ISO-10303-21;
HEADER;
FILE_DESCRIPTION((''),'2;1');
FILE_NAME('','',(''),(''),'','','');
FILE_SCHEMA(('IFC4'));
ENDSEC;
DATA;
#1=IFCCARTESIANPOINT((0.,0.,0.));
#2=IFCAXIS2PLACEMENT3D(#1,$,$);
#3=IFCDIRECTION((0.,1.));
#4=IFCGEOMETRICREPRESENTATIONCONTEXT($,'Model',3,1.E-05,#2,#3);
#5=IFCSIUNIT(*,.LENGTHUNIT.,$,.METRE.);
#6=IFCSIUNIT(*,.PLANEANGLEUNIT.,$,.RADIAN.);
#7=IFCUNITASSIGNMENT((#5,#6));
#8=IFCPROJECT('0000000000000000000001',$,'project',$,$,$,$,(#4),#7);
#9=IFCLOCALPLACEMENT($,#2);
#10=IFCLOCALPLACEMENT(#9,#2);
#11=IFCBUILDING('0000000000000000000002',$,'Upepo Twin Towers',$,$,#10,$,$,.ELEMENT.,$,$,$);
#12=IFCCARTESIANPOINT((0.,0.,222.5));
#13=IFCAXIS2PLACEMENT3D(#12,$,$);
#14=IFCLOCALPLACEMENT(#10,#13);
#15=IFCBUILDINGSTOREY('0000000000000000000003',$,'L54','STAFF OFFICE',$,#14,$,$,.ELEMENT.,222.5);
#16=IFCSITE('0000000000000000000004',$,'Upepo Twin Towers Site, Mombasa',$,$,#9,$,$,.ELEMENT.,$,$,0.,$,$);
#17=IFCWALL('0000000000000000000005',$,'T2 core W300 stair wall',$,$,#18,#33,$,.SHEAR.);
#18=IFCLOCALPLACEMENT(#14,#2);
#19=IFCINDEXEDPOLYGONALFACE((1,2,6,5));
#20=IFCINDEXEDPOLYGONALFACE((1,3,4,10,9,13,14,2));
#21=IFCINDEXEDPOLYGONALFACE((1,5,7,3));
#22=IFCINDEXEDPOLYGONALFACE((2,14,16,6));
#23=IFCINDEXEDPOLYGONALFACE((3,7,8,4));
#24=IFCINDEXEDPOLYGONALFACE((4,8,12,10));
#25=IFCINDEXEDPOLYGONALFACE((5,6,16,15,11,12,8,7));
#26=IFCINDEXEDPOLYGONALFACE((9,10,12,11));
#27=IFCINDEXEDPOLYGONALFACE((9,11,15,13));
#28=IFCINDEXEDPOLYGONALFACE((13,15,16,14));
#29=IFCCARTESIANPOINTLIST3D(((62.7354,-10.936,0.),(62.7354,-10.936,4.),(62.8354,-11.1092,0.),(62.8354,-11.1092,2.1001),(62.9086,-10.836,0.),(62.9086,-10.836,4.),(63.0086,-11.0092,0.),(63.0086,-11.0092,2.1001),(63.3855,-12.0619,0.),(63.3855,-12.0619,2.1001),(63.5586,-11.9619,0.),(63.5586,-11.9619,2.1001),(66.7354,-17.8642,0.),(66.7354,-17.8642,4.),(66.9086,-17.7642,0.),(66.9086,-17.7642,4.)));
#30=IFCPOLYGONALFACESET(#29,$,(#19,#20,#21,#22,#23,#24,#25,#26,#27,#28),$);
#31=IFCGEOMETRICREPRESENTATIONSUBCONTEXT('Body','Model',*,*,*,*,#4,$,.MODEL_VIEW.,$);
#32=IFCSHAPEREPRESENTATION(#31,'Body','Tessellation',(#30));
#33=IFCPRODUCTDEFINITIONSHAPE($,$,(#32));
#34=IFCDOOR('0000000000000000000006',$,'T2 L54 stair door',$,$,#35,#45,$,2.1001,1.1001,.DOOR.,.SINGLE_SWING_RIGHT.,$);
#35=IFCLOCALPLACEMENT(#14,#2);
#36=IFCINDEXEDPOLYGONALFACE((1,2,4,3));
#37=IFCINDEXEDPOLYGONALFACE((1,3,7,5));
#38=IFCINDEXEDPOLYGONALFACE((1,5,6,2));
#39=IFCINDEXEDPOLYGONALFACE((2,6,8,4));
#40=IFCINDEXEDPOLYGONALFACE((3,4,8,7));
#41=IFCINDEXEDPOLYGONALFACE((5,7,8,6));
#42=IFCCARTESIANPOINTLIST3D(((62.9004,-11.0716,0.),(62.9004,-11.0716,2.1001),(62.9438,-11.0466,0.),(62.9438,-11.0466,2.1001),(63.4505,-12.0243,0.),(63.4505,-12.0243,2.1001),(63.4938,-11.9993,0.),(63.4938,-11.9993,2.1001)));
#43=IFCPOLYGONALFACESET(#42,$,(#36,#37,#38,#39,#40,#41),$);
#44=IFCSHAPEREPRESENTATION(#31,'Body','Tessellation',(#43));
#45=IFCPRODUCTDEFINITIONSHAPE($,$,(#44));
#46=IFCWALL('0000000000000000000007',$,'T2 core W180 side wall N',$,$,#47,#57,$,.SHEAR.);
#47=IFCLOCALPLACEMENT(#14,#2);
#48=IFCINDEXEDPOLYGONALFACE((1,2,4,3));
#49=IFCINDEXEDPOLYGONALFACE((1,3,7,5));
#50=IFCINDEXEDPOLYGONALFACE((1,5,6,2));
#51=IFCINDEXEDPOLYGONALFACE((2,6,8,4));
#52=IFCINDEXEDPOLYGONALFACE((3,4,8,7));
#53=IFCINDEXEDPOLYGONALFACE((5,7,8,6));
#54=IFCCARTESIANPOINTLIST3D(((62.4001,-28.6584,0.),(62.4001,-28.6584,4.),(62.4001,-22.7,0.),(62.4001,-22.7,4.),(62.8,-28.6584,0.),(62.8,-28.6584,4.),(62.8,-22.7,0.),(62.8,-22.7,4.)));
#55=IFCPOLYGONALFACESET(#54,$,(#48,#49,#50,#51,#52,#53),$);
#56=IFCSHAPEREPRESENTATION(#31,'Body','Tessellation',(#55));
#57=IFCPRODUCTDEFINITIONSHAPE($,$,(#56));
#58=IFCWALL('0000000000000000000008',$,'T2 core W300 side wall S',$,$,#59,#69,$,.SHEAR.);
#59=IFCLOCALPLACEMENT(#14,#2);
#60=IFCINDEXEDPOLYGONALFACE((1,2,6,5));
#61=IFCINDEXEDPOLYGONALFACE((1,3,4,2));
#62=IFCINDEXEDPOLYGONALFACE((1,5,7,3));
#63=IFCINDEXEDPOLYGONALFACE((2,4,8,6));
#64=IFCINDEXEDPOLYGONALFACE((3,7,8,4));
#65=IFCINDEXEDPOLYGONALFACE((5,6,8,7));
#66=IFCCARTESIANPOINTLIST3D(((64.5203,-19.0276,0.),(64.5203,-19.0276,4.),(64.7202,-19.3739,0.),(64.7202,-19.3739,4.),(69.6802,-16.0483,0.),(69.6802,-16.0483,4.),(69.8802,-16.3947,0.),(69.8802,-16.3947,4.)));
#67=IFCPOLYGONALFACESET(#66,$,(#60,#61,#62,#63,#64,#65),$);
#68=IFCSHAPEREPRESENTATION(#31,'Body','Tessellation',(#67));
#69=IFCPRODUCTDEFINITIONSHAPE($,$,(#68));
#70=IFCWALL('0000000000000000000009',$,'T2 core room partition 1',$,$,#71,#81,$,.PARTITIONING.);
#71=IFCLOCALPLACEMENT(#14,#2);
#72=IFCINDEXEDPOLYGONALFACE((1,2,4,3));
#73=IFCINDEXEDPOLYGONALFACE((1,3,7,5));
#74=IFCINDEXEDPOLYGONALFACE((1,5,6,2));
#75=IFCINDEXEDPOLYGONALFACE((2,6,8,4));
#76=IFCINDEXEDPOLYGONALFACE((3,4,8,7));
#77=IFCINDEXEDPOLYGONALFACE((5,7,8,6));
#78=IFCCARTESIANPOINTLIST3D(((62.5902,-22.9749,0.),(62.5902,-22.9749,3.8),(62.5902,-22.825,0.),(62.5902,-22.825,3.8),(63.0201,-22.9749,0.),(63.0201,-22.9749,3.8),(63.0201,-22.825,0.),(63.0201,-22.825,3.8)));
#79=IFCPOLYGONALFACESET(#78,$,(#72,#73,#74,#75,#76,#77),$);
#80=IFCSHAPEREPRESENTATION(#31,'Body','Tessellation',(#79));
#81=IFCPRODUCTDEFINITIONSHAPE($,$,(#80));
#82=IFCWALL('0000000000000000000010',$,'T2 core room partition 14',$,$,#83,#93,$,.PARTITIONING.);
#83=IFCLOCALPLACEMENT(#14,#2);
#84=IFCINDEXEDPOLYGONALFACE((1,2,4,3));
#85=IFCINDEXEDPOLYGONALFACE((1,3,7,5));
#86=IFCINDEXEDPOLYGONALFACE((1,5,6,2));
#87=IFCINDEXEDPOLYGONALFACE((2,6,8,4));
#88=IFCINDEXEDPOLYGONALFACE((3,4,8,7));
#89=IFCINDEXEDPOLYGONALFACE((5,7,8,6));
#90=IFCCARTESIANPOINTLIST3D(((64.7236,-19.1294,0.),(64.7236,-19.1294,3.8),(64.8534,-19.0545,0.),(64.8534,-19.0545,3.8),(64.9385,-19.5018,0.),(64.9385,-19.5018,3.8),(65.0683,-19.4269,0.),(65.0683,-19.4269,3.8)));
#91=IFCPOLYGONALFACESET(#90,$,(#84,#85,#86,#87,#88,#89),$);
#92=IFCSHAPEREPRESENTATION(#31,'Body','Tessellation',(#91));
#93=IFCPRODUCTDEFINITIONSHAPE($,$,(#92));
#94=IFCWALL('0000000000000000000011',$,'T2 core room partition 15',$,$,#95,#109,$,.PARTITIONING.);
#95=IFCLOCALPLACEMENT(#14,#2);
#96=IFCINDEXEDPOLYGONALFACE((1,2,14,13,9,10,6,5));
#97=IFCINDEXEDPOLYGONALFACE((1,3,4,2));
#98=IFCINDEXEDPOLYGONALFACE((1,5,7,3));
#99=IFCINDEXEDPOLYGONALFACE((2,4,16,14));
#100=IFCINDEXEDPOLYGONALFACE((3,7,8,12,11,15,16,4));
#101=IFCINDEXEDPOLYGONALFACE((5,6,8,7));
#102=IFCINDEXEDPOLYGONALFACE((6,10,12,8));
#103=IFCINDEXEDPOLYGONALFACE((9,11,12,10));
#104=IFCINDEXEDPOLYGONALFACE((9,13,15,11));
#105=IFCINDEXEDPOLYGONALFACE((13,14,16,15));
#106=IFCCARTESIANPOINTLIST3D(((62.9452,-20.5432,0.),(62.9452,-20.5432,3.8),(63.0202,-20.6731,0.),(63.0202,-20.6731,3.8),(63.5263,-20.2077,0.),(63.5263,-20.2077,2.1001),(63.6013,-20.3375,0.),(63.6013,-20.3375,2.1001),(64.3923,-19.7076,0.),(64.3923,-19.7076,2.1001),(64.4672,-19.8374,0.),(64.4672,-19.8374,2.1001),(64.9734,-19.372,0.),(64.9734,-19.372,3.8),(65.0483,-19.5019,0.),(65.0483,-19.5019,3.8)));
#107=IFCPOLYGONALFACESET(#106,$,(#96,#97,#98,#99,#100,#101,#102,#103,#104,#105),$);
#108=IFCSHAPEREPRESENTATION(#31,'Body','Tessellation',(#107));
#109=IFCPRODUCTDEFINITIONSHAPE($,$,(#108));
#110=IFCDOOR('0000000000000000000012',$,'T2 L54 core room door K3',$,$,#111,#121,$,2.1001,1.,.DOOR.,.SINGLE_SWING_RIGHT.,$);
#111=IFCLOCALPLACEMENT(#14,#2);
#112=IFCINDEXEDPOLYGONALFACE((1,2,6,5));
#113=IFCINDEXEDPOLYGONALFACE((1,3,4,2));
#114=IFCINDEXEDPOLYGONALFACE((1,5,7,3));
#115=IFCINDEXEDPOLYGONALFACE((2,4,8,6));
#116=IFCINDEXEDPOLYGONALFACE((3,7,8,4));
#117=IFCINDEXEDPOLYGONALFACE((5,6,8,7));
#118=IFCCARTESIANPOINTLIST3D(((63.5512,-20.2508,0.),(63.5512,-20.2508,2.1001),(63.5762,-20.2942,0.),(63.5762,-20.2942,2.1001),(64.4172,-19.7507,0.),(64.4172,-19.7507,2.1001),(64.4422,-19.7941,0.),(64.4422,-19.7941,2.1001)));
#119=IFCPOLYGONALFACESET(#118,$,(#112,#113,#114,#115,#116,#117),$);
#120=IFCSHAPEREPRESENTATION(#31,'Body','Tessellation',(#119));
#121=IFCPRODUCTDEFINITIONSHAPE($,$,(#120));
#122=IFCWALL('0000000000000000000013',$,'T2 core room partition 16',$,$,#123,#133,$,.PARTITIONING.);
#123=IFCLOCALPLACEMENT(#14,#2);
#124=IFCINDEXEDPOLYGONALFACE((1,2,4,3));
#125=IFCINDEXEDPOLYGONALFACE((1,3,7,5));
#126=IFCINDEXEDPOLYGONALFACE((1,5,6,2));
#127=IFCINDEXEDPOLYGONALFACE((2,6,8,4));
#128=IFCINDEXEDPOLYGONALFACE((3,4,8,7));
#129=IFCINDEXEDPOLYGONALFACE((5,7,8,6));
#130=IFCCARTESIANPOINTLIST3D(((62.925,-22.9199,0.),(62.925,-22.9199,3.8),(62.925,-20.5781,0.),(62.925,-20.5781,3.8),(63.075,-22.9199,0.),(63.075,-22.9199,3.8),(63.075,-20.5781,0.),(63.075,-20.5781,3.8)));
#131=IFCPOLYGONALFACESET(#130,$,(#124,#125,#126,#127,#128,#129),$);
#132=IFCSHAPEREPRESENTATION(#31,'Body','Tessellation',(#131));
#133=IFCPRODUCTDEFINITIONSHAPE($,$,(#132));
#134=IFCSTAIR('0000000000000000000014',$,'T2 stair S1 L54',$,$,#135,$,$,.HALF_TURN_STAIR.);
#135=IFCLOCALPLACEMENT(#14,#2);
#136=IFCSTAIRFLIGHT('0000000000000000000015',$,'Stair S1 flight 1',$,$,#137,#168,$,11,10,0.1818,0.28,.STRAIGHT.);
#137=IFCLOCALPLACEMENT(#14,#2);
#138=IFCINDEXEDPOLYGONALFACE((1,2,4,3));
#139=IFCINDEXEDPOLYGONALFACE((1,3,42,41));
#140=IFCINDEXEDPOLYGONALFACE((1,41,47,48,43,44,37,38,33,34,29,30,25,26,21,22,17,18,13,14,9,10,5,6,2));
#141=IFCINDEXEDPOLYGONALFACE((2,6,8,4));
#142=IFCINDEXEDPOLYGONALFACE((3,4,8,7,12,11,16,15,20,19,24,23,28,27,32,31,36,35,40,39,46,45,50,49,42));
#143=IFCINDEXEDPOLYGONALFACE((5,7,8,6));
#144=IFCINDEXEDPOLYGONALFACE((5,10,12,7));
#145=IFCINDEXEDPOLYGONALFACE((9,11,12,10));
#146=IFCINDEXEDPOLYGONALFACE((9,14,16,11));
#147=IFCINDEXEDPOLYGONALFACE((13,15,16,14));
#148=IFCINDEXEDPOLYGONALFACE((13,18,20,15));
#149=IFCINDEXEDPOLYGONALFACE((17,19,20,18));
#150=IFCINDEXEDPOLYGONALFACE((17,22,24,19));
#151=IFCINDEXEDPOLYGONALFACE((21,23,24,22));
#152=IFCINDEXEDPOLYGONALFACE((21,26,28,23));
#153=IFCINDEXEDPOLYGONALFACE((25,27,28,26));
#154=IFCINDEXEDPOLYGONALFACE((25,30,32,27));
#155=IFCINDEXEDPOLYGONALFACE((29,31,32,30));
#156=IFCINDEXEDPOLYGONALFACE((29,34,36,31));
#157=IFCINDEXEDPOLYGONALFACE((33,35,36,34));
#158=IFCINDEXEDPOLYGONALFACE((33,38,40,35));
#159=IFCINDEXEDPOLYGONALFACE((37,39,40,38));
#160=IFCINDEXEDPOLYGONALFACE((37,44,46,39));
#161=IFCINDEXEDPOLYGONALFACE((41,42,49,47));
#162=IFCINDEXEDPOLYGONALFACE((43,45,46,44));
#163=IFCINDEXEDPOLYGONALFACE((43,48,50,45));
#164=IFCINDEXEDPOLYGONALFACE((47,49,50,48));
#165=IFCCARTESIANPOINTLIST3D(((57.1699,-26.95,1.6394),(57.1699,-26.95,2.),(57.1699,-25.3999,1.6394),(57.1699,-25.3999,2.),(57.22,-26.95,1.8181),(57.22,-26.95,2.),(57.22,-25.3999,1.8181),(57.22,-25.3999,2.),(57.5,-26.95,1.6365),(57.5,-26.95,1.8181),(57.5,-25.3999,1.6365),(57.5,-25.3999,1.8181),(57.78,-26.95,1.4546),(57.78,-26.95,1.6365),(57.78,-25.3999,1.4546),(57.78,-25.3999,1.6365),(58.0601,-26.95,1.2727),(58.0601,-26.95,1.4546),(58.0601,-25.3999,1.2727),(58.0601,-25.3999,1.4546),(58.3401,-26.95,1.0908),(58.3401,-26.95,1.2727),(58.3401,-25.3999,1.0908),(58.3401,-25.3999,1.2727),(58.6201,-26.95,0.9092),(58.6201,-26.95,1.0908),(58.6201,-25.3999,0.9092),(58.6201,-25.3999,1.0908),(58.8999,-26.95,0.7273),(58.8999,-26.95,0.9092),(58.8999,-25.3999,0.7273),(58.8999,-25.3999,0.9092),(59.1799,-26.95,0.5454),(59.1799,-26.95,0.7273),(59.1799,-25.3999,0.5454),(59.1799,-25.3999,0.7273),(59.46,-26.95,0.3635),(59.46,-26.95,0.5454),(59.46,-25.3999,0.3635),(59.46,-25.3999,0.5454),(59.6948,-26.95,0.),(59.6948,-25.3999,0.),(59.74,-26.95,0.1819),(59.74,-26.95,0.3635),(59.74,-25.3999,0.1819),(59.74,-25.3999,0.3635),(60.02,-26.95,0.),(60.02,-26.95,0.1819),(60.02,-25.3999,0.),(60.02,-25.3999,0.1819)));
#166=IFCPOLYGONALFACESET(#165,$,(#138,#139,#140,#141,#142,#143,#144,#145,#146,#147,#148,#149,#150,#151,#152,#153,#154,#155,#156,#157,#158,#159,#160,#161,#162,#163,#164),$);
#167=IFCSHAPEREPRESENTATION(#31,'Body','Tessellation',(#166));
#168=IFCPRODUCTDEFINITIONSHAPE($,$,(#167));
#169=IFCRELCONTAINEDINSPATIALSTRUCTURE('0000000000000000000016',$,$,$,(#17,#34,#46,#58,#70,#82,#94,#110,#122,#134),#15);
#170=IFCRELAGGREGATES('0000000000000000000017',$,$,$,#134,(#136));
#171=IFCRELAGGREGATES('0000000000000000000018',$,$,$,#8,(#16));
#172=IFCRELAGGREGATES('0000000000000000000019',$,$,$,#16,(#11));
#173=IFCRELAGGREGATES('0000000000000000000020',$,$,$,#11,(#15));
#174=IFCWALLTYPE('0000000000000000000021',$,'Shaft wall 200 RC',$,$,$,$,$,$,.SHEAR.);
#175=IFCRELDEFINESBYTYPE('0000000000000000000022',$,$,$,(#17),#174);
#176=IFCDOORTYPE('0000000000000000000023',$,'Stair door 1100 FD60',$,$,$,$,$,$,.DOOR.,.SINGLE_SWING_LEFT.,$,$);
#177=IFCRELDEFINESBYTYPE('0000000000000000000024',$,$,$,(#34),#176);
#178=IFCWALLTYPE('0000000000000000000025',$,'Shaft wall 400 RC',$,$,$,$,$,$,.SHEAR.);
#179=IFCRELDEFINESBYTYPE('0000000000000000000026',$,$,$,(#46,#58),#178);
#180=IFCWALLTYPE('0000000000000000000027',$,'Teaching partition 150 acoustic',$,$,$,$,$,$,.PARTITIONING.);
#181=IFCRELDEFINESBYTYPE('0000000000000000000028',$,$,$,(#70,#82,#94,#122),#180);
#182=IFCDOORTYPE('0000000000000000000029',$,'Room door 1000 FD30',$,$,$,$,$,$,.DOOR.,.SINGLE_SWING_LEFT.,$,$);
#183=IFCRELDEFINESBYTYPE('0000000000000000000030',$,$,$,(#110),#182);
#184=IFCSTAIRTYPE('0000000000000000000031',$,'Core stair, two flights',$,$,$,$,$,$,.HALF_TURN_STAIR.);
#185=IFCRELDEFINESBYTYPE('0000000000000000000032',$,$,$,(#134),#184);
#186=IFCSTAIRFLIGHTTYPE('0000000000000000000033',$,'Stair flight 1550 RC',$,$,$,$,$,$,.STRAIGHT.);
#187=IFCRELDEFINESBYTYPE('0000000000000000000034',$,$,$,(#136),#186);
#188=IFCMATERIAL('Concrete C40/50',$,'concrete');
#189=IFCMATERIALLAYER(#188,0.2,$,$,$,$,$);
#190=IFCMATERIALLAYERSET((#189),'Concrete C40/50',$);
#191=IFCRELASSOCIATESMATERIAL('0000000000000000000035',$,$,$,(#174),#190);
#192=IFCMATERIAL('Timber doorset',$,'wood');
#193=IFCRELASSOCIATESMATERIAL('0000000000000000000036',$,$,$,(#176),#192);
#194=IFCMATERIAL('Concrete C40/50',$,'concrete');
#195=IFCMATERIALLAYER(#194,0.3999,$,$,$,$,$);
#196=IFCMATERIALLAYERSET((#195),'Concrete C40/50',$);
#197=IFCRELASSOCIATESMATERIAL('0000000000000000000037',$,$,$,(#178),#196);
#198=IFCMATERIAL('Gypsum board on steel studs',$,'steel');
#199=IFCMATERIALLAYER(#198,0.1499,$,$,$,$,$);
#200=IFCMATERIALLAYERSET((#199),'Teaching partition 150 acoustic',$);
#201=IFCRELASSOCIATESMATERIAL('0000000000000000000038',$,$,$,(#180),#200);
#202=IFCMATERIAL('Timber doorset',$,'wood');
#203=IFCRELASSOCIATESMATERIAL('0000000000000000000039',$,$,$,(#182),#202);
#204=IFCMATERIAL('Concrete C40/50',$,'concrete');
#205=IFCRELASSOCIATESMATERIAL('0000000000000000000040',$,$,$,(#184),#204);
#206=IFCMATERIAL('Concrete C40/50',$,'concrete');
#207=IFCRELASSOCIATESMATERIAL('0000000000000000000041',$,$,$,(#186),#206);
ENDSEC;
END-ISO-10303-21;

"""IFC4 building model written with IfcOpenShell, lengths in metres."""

from ifc_helpers import new_model, si_unit, direction, frame, frame_2d, origin, place, context, subcontext, project, spatial, polyline, rectangle, outline, extrude, material, layer, layer_set, type_object, element, fill, aggregate, save


model = new_model("IFC4")

# Units and contexts
model_context = context("Model", 3, precision=1e-05, world=origin(), true_north=direction((0.0, 1.0)))
body_context = subcontext(model_context, "Body", "Model", "MODEL_VIEW")
ifc_project = project(units=[si_unit("LENGTHUNIT", "METRE"), si_unit("PLANEANGLEUNIT", "RADIAN")], contexts=[model_context])

# Site, building, storey
site_placement = place(None, origin())
site = spatial("IfcSite", under=ifc_project, at=site_placement, Name="Upepo Twin Towers Site, Mombasa", CompositionType="ELEMENT", RefElevation=0.0)
building_placement = place(site_placement, origin())
building = spatial("IfcBuilding", under=site, at=building_placement, Name="Upepo Twin Towers", CompositionType="ELEMENT")
storey_placement = place(building_placement, frame((0.0, 0.0, 222.5)))
storey = spatial("IfcBuildingStorey", under=building, at=storey_placement, Name="L54", Description="STAFF OFFICE", CompositionType="ELEMENT", Elevation=222.5)

# Shared definitions
ifc_material_1 = material(Name="Concrete C40/50", Category="concrete")
ifc_layer_1 = layer(ifc_material_1, 0.2)
ifc_layer_set_1 = layer_set([ifc_layer_1], Name="Concrete C40/50")
wall_type_1 = type_object("IfcWallType", Name="Shaft wall 200 RC", PredefinedType="SHEAR", material=ifc_layer_set_1)

# Wall, opening, door
wall_1_placement = place(storey_placement, frame((66.822, -17.8142, 0.0), z_axis=(0.0, 0.0, 1.0), x_axis=(-0.499999, 0.866026, 0.0)))
wall_1 = element("IfcWall", 1, at=wall_1_placement, inside=storey, type_object=wall_type_1, Name="T2 core W300 stair wall", PredefinedType="SHEAR", context=body_context, shape_type="SweptSolid", body=[
    extrude(rectangle(XDim=8.0, YDim=0.2, at=frame_2d((4.0, 0.0))), origin(), (0.0, 0.0, 1.0), 4.0),
])
opening_1_placement = place(wall_1_placement, frame((6.7, 0.0, 0.0)))
opening_1 = element("IfcOpeningElement", 2, at=opening_1_placement, cuts=wall_1, PredefinedType="OPENING", context=body_context, shape_type="SweptSolid", body=[
    extrude(rectangle(XDim=1.1001, YDim=2.1001, at=frame_2d((0.55, 1.05))), frame((0.0, 0.1099, 0.0), z_axis=(0.0, -1.0, 0.0), x_axis=(1.0, 0.0, 0.0)), (0.0, 0.0, 1.0), 0.22),
])
ifc_material_2 = material(Name="Timber doorset", Category="wood")
door_type_1 = type_object("IfcDoorType", Name="Stair door 1100 FD60", OperationType="SINGLE_SWING_LEFT", PredefinedType="DOOR", material=ifc_material_2)
door_1_placement = place(opening_1_placement, origin())
door_1 = element("IfcDoor", 3, at=door_1_placement, inside=storey, type_object=door_type_1, Name="T2 L54 stair door", OperationType="SINGLE_SWING_RIGHT", OverallHeight=2.1001, OverallWidth=1.1001, PredefinedType="DOOR", context=body_context, shape_type="SweptSolid", body=[
    extrude(rectangle(XDim=1.1001, YDim=2.1001, at=frame_2d((0.55, 1.05))), frame((0.0, 0.0249, 0.0), z_axis=(0.0, -1.0, 0.0), x_axis=(1.0, 0.0, 0.0)), (0.0, 0.0, 1.0), 0.05),
])
fill(opening_1, door_1)

# Walls
ifc_material_3 = material(Name="Concrete C40/50", Category="concrete")
ifc_layer_2 = layer(ifc_material_3, 0.3999)
ifc_layer_set_2 = layer_set([ifc_layer_2], Name="Concrete C40/50")
wall_type_2 = type_object("IfcWallType", Name="Shaft wall 400 RC", PredefinedType="SHEAR", material=ifc_layer_set_2)
wall_2_placement = place(storey_placement, frame((62.6001, -22.7, 0.0), z_axis=(0.0, 0.0, 1.0), x_axis=(0.0, -1.0, 0.0)))
element("IfcWall", 4, at=wall_2_placement, inside=storey, type_object=wall_type_2, Name="T2 core W180 side wall N", PredefinedType="SHEAR", context=body_context, shape_type="SweptSolid", body=[
    extrude(rectangle(XDim=5.9585, YDim=0.3999, at=frame_2d((2.9792, 0.0))), origin(), (0.0, 0.0, 1.0), 4.0),
])
wall_3_placement = place(storey_placement, frame((64.6204, -19.2007, 0.0), z_axis=(0.0, 0.0, 1.0), x_axis=(0.866013, 0.500022, 0.0)))
element("IfcWall", 5, at=wall_3_placement, inside=storey, type_object=wall_type_2, Name="T2 core W300 side wall S", PredefinedType="SHEAR", context=body_context, shape_type="SweptSolid", body=[
    extrude(rectangle(XDim=5.9583, YDim=0.3999, at=frame_2d((2.979, 0.0))), origin(), (0.0, 0.0, 1.0), 4.0),
])
ifc_material_4 = material(Name="Gypsum board on steel studs", Category="steel")
ifc_layer_3 = layer(ifc_material_4, 0.1499)
ifc_layer_set_3 = layer_set([ifc_layer_3], Name="Teaching partition 150 acoustic")
wall_type_3 = type_object("IfcWallType", Name="Teaching partition 150 acoustic", PredefinedType="PARTITIONING", material=ifc_layer_set_3)
for number, where, z_axis, x_axis, name in (
    (6, (63.02, -22.8999, 0.0), (0.0, 0.0, 1.0), (-1.0, 0.0, 0.0), "T2 core room partition 1"),
    (7, (64.7886, -19.092, 0.0), (0.0, 0.0, 1.0), (0.499804, -0.866138, 0.0), "T2 core room partition 14"),
):
    element("IfcWall", number, at=place(storey_placement, frame(where, z_axis=z_axis, x_axis=x_axis)), inside=storey, type_object=wall_type_3, Name=name, PredefinedType="PARTITIONING", context=body_context, shape_type="SweptSolid", body=[
        extrude(rectangle(XDim=0.4299, YDim=0.1499, at=frame_2d((0.2148, 0.0))), origin(), (0.0, 0.0, 1.0), 3.8),
    ])

# Wall, opening, door
wall_4_placement = place(storey_placement, frame((65.0107, -19.437, 0.0), z_axis=(0.0, 0.0, 1.0), x_axis=(-0.865982, -0.500074, 0.0)))
wall_4 = element("IfcWall", 8, at=wall_4_placement, inside=storey, type_object=wall_type_3, Name="T2 core room partition 15", PredefinedType="PARTITIONING", context=body_context, shape_type="SweptSolid", body=[
    extrude(rectangle(XDim=2.342, YDim=0.1499, at=frame_2d((1.1709, 0.0))), origin(), (0.0, 0.0, 1.0), 3.8),
])
opening_2_placement = place(wall_4_placement, frame((0.6709, 0.0, 0.0)))
opening_2 = element("IfcOpeningElement", 9, at=opening_2_placement, cuts=wall_4, PredefinedType="OPENING", context=body_context, shape_type="SweptSolid", body=[
    extrude(rectangle(XDim=1.0, YDim=2.1001, at=frame_2d((0.5, 1.05))), frame((0.0, 0.085, 0.0), z_axis=(0.0, -1.0, 0.0), x_axis=(1.0, 0.0, 0.0)), (0.0, 0.0, 1.0), 0.1699),
])
ifc_material_5 = material(Name="Timber doorset", Category="wood")
door_type_2 = type_object("IfcDoorType", Name="Room door 1000 FD30", OperationType="SINGLE_SWING_LEFT", PredefinedType="DOOR", material=ifc_material_5)
door_2_placement = place(opening_2_placement, origin())
door_2 = element("IfcDoor", 10, at=door_2_placement, inside=storey, type_object=door_type_2, Name="T2 L54 core room door K3", OperationType="SINGLE_SWING_RIGHT", OverallHeight=2.1001, OverallWidth=1.0, PredefinedType="DOOR", context=body_context, shape_type="SweptSolid", body=[
    extrude(rectangle(XDim=1.0, YDim=2.1001, at=frame_2d((0.5, 1.05))), frame((0.0, 0.0249, 0.0), z_axis=(0.0, -1.0, 0.0), x_axis=(1.0, 0.0, 0.0)), (0.0, 0.0, 1.0), 0.05),
])
fill(opening_2, door_2)

# Wall
wall_5_placement = place(storey_placement, frame((63.0, -20.5781, 0.0), z_axis=(0.0, 0.0, 1.0), x_axis=(0.0, -1.0, 0.0)))
element("IfcWall", 11, at=wall_5_placement, inside=storey, type_object=wall_type_3, Name="T2 core room partition 16", PredefinedType="PARTITIONING", context=body_context, shape_type="SweptSolid", body=[
    extrude(rectangle(XDim=2.3418, YDim=0.1499, at=frame_2d((1.1709, 0.0))), origin(), (0.0, 0.0, 1.0), 3.8),
])

# Stair, stair flight
ifc_material_6 = material(Name="Concrete C40/50", Category="concrete")
stair_type = type_object("IfcStairType", Name="Core stair, two flights", PredefinedType="HALF_TURN_STAIR", material=ifc_material_6)
stair_placement = place(storey_placement, origin())
stair = element("IfcStair", 12, at=stair_placement, inside=storey, type_object=stair_type, Name="T2 stair S1 L54", PredefinedType="HALF_TURN_STAIR")
ifc_material_7 = material(Name="Concrete C40/50", Category="concrete")
stair_flight_type = type_object("IfcStairFlightType", Name="Stair flight 1550 RC", PredefinedType="STRAIGHT", material=ifc_material_7)
stair_flight_placement = place(storey_placement, frame((60.02, -26.175, 0.0), z_axis=(0.0, 0.0, 1.0), x_axis=(-1.0, 0.0, 0.0)))
stair_flight = element("IfcStairFlight", 13, at=stair_flight_placement, type_object=stair_flight_type, Name="Stair S1 flight 1", NumberOfRisers=11, NumberOfTreads=10, PredefinedType="STRAIGHT", RiserHeight=0.1818, TreadLength=0.28, context=body_context, shape_type="SweptSolid", body=[
    extrude(outline(polyline([(0.0, 0.0), (0.0, 0.1819), (0.28, 0.1819), (0.28, 0.3635), (0.5601, 0.3635), (0.5601, 0.5454), (0.8401, 0.5454), (0.8401, 0.7273), (1.1201, 0.7273), (1.1201, 0.9092), (1.3999, 0.9092), (1.3999, 1.0908), (1.6799, 1.0908), (1.6799, 1.2727), (1.96, 1.2727), (1.96, 1.4546), (2.24, 1.4546), (2.24, 1.6365), (2.52, 1.6365), (2.52, 1.8181), (2.8, 1.8181), (2.8, 2.0), (2.8501, 2.0), (2.8501, 1.6394), (0.3252, 0.0), (0.0, 0.0)])), frame((0.0, 0.7749, 0.0), z_axis=(0.0, -1.0, 0.0), x_axis=(1.0, 0.0, 0.0)), (0.0, 0.0, 1.0), 1.55),
])
aggregate(stair, [stair_flight])

save(model, "model.ifc")
